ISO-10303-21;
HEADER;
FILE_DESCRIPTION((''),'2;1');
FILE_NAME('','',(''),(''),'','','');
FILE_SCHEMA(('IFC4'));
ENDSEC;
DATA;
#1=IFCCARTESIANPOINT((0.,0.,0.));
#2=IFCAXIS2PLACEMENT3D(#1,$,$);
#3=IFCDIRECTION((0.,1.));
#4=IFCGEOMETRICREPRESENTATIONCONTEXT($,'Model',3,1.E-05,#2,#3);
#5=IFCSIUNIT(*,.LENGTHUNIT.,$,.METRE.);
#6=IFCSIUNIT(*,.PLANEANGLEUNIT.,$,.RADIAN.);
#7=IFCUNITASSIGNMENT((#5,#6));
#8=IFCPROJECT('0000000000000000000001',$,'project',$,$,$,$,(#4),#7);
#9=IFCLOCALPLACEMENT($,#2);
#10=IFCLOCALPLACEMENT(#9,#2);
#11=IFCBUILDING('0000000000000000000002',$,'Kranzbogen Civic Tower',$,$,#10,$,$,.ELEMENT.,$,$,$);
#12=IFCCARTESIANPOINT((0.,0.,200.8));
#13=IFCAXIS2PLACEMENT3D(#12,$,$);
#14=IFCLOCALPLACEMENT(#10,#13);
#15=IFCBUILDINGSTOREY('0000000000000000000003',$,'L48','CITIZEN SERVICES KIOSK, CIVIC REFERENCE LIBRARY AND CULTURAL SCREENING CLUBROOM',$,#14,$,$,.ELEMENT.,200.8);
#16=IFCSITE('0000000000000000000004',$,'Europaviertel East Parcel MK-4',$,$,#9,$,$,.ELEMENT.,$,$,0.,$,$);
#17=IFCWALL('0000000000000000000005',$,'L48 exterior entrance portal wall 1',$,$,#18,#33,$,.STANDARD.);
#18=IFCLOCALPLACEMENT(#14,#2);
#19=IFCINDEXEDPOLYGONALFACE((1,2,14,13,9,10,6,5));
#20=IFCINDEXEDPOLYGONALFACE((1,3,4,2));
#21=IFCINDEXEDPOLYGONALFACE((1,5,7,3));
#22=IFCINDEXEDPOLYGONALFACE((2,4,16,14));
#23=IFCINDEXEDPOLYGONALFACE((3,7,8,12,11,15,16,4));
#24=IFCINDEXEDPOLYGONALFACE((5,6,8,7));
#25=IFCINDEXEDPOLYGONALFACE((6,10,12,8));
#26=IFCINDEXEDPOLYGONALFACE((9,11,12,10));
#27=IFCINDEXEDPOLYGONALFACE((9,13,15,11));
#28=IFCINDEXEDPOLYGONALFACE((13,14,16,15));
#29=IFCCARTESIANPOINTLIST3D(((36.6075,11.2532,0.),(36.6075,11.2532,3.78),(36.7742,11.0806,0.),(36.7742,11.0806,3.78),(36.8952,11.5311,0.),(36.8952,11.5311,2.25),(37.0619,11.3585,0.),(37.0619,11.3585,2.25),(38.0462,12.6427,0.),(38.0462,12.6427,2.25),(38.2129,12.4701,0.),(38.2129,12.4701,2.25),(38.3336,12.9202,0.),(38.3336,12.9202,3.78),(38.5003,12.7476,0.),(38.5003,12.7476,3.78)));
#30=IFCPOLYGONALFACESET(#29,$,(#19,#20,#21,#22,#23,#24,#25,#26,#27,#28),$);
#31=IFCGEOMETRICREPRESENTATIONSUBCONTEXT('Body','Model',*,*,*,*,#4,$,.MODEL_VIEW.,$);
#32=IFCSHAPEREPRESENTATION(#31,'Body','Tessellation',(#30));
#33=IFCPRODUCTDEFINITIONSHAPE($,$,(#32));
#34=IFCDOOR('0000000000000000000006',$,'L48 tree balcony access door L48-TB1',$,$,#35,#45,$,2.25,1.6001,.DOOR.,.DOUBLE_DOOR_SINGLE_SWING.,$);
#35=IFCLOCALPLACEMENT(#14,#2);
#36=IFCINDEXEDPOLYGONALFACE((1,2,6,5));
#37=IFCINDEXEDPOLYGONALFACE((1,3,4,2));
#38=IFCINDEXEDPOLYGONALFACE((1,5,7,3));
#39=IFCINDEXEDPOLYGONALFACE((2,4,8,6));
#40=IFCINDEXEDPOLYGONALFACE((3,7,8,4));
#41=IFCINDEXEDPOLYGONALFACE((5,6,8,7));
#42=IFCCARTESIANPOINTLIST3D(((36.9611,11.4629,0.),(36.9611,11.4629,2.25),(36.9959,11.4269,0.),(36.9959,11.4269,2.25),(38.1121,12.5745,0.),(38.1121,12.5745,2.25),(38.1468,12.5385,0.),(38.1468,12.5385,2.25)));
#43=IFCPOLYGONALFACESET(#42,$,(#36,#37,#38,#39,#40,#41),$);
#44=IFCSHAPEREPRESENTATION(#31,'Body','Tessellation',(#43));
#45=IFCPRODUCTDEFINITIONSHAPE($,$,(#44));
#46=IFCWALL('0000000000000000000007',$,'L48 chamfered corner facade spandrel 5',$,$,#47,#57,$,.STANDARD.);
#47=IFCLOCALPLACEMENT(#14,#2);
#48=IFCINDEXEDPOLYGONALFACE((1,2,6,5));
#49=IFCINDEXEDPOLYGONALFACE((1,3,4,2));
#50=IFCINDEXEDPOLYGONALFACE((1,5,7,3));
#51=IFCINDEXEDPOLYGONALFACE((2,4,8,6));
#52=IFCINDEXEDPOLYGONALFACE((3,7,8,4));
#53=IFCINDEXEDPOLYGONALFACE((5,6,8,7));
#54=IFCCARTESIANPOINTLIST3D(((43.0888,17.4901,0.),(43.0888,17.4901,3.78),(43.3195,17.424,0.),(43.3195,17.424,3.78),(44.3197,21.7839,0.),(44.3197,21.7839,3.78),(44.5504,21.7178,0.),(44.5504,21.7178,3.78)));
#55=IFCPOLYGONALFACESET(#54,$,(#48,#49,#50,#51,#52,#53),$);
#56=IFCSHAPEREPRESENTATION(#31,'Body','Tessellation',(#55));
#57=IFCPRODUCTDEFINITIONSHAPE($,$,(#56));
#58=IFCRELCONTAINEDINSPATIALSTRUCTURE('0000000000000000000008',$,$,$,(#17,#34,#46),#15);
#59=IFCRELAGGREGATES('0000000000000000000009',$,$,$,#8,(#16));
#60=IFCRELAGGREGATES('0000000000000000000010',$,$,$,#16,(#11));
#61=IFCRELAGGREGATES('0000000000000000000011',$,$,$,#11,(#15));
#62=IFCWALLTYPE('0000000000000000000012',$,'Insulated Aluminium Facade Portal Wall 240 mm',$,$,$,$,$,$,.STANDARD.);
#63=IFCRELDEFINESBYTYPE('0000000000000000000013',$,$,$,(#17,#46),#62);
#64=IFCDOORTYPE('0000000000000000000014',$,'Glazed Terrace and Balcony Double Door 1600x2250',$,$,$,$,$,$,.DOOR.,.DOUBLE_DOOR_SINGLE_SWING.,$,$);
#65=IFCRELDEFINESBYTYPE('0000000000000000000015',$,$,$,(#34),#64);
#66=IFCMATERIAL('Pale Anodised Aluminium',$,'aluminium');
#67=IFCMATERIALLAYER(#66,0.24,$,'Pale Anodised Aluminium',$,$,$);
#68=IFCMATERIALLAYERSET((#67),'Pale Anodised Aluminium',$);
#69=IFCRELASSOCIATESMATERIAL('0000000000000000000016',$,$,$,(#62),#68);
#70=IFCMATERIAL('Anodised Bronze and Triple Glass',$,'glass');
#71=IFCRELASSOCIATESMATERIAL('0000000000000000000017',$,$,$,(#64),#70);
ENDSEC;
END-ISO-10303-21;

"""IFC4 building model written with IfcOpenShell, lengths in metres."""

from ifc_helpers import new_model, si_unit, direction, frame, frame_2d, origin, place, context, subcontext, project, spatial, rectangle, extrude, material, layer, layer_set, type_object, element, fill, save


model = new_model("IFC4")

# Units and contexts
model_context = context("Model", 3, precision=1e-05, world=origin(), true_north=direction((0.0, 1.0)))
body_context = subcontext(model_context, "Body", "Model", "MODEL_VIEW")
ifc_project = project(units=[si_unit("LENGTHUNIT", "METRE"), si_unit("PLANEANGLEUNIT", "RADIAN")], contexts=[model_context])

# Site, building, storey
site_placement = place(None, origin())
site = spatial("IfcSite", under=ifc_project, at=site_placement, Name="Europaviertel East Parcel MK-4", CompositionType="ELEMENT", RefElevation=0.0)
building_placement = place(site_placement, origin())
building = spatial("IfcBuilding", under=site, at=building_placement, Name="Kranzbogen Civic Tower", CompositionType="ELEMENT")
storey_placement = place(building_placement, frame((0.0, 0.0, 200.8)))
storey = spatial("IfcBuildingStorey", under=building, at=storey_placement, Name="L48", Description="CITIZEN SERVICES KIOSK, CIVIC REFERENCE LIBRARY AND CULTURAL SCREENING CLUBROOM", CompositionType="ELEMENT", Elevation=200.8)

# Shared definitions
ifc_material_1 = material(Name="Pale Anodised Aluminium", Category="aluminium")

# Wall, opening, door
ifc_layer_1 = layer(ifc_material_1, 0.24, Name="Pale Anodised Aluminium")
ifc_layer_set_1 = layer_set([ifc_layer_1], Name="Pale Anodised Aluminium")
wall_type_1 = type_object("IfcWallType", Name="Insulated Aluminium Facade Portal Wall 240 mm", PredefinedType="STANDARD", material=ifc_layer_set_1)
wall_1_placement = place(storey_placement, frame((36.6909, 11.167, 0.0), z_axis=(0.0, 0.0, 1.0), x_axis=(0.71931, 0.694689, 0.0)))
wall_1 = element("IfcWall", 1, at=wall_1_placement, inside=storey, type_object=wall_type_1, Name="L48 exterior entrance portal wall 1", PredefinedType="STANDARD", context=body_context, shape_type="SweptSolid", body=[
    extrude(rectangle(XDim=2.3997, YDim=0.24, at=frame_2d((1.1997, 0.0))), origin(), (0.0, 0.0, 1.0), 3.78),
])
opening_1_placement = place(wall_1_placement, frame((0.3999, 0.0, 0.0)))
opening_1 = element("IfcOpeningElement", 2, at=opening_1_placement, cuts=wall_1, PredefinedType="OPENING", context=body_context, shape_type="SweptSolid", body=[
    extrude(rectangle(XDim=1.6001, YDim=2.25, at=frame_2d((0.8, 1.125))), frame((0.0, 0.1299, 0.0), z_axis=(0.0, -1.0, 0.0), x_axis=(1.0, 0.0, 0.0)), (0.0, 0.0, 1.0), 0.26),
])
ifc_material_2 = material(Name="Anodised Bronze and Triple Glass", Category="glass")
door_type_1 = type_object("IfcDoorType", Name="Glazed Terrace and Balcony Double Door 1600x2250", OperationType="DOUBLE_DOOR_SINGLE_SWING", PredefinedType="DOOR", material=ifc_material_2)
door_1_placement = place(opening_1_placement, frame((1.6001, 0.0, 0.0), z_axis=(0.0, 0.0, 1.0), x_axis=(-1.0, 0.0, 0.0)))
door_1 = element("IfcDoor", 3, at=door_1_placement, inside=storey, type_object=door_type_1, Name="L48 tree balcony access door L48-TB1", OperationType="DOUBLE_DOOR_SINGLE_SWING", OverallHeight=2.25, OverallWidth=1.6001, PredefinedType="DOOR", context=body_context, shape_type="SweptSolid", body=[
    extrude(rectangle(XDim=1.6001, YDim=2.25, at=frame_2d((0.8, 1.125))), frame((0.0, 0.0249, 0.0), z_axis=(0.0, -1.0, 0.0), x_axis=(1.0, 0.0, 0.0)), (0.0, 0.0, 1.0), 0.05),
])
fill(opening_1, door_1)

# Wall
wall_2_placement = place(storey_placement, frame((43.2041, 17.457, 0.0), z_axis=(0.0, 0.0, 1.0), x_axis=(0.275573, 0.96128, 0.0)))
element("IfcWall", 4, at=wall_2_placement, inside=storey, type_object=wall_type_1, Name="L48 chamfered corner facade spandrel 5", PredefinedType="STANDARD", context=body_context, shape_type="SweptSolid", body=[
    extrude(rectangle(XDim=4.4668, YDim=0.24, at=frame_2d((2.2334, 0.0))), origin(), (0.0, 0.0, 1.0), 3.78),
])

save(model, "model.ifc")
